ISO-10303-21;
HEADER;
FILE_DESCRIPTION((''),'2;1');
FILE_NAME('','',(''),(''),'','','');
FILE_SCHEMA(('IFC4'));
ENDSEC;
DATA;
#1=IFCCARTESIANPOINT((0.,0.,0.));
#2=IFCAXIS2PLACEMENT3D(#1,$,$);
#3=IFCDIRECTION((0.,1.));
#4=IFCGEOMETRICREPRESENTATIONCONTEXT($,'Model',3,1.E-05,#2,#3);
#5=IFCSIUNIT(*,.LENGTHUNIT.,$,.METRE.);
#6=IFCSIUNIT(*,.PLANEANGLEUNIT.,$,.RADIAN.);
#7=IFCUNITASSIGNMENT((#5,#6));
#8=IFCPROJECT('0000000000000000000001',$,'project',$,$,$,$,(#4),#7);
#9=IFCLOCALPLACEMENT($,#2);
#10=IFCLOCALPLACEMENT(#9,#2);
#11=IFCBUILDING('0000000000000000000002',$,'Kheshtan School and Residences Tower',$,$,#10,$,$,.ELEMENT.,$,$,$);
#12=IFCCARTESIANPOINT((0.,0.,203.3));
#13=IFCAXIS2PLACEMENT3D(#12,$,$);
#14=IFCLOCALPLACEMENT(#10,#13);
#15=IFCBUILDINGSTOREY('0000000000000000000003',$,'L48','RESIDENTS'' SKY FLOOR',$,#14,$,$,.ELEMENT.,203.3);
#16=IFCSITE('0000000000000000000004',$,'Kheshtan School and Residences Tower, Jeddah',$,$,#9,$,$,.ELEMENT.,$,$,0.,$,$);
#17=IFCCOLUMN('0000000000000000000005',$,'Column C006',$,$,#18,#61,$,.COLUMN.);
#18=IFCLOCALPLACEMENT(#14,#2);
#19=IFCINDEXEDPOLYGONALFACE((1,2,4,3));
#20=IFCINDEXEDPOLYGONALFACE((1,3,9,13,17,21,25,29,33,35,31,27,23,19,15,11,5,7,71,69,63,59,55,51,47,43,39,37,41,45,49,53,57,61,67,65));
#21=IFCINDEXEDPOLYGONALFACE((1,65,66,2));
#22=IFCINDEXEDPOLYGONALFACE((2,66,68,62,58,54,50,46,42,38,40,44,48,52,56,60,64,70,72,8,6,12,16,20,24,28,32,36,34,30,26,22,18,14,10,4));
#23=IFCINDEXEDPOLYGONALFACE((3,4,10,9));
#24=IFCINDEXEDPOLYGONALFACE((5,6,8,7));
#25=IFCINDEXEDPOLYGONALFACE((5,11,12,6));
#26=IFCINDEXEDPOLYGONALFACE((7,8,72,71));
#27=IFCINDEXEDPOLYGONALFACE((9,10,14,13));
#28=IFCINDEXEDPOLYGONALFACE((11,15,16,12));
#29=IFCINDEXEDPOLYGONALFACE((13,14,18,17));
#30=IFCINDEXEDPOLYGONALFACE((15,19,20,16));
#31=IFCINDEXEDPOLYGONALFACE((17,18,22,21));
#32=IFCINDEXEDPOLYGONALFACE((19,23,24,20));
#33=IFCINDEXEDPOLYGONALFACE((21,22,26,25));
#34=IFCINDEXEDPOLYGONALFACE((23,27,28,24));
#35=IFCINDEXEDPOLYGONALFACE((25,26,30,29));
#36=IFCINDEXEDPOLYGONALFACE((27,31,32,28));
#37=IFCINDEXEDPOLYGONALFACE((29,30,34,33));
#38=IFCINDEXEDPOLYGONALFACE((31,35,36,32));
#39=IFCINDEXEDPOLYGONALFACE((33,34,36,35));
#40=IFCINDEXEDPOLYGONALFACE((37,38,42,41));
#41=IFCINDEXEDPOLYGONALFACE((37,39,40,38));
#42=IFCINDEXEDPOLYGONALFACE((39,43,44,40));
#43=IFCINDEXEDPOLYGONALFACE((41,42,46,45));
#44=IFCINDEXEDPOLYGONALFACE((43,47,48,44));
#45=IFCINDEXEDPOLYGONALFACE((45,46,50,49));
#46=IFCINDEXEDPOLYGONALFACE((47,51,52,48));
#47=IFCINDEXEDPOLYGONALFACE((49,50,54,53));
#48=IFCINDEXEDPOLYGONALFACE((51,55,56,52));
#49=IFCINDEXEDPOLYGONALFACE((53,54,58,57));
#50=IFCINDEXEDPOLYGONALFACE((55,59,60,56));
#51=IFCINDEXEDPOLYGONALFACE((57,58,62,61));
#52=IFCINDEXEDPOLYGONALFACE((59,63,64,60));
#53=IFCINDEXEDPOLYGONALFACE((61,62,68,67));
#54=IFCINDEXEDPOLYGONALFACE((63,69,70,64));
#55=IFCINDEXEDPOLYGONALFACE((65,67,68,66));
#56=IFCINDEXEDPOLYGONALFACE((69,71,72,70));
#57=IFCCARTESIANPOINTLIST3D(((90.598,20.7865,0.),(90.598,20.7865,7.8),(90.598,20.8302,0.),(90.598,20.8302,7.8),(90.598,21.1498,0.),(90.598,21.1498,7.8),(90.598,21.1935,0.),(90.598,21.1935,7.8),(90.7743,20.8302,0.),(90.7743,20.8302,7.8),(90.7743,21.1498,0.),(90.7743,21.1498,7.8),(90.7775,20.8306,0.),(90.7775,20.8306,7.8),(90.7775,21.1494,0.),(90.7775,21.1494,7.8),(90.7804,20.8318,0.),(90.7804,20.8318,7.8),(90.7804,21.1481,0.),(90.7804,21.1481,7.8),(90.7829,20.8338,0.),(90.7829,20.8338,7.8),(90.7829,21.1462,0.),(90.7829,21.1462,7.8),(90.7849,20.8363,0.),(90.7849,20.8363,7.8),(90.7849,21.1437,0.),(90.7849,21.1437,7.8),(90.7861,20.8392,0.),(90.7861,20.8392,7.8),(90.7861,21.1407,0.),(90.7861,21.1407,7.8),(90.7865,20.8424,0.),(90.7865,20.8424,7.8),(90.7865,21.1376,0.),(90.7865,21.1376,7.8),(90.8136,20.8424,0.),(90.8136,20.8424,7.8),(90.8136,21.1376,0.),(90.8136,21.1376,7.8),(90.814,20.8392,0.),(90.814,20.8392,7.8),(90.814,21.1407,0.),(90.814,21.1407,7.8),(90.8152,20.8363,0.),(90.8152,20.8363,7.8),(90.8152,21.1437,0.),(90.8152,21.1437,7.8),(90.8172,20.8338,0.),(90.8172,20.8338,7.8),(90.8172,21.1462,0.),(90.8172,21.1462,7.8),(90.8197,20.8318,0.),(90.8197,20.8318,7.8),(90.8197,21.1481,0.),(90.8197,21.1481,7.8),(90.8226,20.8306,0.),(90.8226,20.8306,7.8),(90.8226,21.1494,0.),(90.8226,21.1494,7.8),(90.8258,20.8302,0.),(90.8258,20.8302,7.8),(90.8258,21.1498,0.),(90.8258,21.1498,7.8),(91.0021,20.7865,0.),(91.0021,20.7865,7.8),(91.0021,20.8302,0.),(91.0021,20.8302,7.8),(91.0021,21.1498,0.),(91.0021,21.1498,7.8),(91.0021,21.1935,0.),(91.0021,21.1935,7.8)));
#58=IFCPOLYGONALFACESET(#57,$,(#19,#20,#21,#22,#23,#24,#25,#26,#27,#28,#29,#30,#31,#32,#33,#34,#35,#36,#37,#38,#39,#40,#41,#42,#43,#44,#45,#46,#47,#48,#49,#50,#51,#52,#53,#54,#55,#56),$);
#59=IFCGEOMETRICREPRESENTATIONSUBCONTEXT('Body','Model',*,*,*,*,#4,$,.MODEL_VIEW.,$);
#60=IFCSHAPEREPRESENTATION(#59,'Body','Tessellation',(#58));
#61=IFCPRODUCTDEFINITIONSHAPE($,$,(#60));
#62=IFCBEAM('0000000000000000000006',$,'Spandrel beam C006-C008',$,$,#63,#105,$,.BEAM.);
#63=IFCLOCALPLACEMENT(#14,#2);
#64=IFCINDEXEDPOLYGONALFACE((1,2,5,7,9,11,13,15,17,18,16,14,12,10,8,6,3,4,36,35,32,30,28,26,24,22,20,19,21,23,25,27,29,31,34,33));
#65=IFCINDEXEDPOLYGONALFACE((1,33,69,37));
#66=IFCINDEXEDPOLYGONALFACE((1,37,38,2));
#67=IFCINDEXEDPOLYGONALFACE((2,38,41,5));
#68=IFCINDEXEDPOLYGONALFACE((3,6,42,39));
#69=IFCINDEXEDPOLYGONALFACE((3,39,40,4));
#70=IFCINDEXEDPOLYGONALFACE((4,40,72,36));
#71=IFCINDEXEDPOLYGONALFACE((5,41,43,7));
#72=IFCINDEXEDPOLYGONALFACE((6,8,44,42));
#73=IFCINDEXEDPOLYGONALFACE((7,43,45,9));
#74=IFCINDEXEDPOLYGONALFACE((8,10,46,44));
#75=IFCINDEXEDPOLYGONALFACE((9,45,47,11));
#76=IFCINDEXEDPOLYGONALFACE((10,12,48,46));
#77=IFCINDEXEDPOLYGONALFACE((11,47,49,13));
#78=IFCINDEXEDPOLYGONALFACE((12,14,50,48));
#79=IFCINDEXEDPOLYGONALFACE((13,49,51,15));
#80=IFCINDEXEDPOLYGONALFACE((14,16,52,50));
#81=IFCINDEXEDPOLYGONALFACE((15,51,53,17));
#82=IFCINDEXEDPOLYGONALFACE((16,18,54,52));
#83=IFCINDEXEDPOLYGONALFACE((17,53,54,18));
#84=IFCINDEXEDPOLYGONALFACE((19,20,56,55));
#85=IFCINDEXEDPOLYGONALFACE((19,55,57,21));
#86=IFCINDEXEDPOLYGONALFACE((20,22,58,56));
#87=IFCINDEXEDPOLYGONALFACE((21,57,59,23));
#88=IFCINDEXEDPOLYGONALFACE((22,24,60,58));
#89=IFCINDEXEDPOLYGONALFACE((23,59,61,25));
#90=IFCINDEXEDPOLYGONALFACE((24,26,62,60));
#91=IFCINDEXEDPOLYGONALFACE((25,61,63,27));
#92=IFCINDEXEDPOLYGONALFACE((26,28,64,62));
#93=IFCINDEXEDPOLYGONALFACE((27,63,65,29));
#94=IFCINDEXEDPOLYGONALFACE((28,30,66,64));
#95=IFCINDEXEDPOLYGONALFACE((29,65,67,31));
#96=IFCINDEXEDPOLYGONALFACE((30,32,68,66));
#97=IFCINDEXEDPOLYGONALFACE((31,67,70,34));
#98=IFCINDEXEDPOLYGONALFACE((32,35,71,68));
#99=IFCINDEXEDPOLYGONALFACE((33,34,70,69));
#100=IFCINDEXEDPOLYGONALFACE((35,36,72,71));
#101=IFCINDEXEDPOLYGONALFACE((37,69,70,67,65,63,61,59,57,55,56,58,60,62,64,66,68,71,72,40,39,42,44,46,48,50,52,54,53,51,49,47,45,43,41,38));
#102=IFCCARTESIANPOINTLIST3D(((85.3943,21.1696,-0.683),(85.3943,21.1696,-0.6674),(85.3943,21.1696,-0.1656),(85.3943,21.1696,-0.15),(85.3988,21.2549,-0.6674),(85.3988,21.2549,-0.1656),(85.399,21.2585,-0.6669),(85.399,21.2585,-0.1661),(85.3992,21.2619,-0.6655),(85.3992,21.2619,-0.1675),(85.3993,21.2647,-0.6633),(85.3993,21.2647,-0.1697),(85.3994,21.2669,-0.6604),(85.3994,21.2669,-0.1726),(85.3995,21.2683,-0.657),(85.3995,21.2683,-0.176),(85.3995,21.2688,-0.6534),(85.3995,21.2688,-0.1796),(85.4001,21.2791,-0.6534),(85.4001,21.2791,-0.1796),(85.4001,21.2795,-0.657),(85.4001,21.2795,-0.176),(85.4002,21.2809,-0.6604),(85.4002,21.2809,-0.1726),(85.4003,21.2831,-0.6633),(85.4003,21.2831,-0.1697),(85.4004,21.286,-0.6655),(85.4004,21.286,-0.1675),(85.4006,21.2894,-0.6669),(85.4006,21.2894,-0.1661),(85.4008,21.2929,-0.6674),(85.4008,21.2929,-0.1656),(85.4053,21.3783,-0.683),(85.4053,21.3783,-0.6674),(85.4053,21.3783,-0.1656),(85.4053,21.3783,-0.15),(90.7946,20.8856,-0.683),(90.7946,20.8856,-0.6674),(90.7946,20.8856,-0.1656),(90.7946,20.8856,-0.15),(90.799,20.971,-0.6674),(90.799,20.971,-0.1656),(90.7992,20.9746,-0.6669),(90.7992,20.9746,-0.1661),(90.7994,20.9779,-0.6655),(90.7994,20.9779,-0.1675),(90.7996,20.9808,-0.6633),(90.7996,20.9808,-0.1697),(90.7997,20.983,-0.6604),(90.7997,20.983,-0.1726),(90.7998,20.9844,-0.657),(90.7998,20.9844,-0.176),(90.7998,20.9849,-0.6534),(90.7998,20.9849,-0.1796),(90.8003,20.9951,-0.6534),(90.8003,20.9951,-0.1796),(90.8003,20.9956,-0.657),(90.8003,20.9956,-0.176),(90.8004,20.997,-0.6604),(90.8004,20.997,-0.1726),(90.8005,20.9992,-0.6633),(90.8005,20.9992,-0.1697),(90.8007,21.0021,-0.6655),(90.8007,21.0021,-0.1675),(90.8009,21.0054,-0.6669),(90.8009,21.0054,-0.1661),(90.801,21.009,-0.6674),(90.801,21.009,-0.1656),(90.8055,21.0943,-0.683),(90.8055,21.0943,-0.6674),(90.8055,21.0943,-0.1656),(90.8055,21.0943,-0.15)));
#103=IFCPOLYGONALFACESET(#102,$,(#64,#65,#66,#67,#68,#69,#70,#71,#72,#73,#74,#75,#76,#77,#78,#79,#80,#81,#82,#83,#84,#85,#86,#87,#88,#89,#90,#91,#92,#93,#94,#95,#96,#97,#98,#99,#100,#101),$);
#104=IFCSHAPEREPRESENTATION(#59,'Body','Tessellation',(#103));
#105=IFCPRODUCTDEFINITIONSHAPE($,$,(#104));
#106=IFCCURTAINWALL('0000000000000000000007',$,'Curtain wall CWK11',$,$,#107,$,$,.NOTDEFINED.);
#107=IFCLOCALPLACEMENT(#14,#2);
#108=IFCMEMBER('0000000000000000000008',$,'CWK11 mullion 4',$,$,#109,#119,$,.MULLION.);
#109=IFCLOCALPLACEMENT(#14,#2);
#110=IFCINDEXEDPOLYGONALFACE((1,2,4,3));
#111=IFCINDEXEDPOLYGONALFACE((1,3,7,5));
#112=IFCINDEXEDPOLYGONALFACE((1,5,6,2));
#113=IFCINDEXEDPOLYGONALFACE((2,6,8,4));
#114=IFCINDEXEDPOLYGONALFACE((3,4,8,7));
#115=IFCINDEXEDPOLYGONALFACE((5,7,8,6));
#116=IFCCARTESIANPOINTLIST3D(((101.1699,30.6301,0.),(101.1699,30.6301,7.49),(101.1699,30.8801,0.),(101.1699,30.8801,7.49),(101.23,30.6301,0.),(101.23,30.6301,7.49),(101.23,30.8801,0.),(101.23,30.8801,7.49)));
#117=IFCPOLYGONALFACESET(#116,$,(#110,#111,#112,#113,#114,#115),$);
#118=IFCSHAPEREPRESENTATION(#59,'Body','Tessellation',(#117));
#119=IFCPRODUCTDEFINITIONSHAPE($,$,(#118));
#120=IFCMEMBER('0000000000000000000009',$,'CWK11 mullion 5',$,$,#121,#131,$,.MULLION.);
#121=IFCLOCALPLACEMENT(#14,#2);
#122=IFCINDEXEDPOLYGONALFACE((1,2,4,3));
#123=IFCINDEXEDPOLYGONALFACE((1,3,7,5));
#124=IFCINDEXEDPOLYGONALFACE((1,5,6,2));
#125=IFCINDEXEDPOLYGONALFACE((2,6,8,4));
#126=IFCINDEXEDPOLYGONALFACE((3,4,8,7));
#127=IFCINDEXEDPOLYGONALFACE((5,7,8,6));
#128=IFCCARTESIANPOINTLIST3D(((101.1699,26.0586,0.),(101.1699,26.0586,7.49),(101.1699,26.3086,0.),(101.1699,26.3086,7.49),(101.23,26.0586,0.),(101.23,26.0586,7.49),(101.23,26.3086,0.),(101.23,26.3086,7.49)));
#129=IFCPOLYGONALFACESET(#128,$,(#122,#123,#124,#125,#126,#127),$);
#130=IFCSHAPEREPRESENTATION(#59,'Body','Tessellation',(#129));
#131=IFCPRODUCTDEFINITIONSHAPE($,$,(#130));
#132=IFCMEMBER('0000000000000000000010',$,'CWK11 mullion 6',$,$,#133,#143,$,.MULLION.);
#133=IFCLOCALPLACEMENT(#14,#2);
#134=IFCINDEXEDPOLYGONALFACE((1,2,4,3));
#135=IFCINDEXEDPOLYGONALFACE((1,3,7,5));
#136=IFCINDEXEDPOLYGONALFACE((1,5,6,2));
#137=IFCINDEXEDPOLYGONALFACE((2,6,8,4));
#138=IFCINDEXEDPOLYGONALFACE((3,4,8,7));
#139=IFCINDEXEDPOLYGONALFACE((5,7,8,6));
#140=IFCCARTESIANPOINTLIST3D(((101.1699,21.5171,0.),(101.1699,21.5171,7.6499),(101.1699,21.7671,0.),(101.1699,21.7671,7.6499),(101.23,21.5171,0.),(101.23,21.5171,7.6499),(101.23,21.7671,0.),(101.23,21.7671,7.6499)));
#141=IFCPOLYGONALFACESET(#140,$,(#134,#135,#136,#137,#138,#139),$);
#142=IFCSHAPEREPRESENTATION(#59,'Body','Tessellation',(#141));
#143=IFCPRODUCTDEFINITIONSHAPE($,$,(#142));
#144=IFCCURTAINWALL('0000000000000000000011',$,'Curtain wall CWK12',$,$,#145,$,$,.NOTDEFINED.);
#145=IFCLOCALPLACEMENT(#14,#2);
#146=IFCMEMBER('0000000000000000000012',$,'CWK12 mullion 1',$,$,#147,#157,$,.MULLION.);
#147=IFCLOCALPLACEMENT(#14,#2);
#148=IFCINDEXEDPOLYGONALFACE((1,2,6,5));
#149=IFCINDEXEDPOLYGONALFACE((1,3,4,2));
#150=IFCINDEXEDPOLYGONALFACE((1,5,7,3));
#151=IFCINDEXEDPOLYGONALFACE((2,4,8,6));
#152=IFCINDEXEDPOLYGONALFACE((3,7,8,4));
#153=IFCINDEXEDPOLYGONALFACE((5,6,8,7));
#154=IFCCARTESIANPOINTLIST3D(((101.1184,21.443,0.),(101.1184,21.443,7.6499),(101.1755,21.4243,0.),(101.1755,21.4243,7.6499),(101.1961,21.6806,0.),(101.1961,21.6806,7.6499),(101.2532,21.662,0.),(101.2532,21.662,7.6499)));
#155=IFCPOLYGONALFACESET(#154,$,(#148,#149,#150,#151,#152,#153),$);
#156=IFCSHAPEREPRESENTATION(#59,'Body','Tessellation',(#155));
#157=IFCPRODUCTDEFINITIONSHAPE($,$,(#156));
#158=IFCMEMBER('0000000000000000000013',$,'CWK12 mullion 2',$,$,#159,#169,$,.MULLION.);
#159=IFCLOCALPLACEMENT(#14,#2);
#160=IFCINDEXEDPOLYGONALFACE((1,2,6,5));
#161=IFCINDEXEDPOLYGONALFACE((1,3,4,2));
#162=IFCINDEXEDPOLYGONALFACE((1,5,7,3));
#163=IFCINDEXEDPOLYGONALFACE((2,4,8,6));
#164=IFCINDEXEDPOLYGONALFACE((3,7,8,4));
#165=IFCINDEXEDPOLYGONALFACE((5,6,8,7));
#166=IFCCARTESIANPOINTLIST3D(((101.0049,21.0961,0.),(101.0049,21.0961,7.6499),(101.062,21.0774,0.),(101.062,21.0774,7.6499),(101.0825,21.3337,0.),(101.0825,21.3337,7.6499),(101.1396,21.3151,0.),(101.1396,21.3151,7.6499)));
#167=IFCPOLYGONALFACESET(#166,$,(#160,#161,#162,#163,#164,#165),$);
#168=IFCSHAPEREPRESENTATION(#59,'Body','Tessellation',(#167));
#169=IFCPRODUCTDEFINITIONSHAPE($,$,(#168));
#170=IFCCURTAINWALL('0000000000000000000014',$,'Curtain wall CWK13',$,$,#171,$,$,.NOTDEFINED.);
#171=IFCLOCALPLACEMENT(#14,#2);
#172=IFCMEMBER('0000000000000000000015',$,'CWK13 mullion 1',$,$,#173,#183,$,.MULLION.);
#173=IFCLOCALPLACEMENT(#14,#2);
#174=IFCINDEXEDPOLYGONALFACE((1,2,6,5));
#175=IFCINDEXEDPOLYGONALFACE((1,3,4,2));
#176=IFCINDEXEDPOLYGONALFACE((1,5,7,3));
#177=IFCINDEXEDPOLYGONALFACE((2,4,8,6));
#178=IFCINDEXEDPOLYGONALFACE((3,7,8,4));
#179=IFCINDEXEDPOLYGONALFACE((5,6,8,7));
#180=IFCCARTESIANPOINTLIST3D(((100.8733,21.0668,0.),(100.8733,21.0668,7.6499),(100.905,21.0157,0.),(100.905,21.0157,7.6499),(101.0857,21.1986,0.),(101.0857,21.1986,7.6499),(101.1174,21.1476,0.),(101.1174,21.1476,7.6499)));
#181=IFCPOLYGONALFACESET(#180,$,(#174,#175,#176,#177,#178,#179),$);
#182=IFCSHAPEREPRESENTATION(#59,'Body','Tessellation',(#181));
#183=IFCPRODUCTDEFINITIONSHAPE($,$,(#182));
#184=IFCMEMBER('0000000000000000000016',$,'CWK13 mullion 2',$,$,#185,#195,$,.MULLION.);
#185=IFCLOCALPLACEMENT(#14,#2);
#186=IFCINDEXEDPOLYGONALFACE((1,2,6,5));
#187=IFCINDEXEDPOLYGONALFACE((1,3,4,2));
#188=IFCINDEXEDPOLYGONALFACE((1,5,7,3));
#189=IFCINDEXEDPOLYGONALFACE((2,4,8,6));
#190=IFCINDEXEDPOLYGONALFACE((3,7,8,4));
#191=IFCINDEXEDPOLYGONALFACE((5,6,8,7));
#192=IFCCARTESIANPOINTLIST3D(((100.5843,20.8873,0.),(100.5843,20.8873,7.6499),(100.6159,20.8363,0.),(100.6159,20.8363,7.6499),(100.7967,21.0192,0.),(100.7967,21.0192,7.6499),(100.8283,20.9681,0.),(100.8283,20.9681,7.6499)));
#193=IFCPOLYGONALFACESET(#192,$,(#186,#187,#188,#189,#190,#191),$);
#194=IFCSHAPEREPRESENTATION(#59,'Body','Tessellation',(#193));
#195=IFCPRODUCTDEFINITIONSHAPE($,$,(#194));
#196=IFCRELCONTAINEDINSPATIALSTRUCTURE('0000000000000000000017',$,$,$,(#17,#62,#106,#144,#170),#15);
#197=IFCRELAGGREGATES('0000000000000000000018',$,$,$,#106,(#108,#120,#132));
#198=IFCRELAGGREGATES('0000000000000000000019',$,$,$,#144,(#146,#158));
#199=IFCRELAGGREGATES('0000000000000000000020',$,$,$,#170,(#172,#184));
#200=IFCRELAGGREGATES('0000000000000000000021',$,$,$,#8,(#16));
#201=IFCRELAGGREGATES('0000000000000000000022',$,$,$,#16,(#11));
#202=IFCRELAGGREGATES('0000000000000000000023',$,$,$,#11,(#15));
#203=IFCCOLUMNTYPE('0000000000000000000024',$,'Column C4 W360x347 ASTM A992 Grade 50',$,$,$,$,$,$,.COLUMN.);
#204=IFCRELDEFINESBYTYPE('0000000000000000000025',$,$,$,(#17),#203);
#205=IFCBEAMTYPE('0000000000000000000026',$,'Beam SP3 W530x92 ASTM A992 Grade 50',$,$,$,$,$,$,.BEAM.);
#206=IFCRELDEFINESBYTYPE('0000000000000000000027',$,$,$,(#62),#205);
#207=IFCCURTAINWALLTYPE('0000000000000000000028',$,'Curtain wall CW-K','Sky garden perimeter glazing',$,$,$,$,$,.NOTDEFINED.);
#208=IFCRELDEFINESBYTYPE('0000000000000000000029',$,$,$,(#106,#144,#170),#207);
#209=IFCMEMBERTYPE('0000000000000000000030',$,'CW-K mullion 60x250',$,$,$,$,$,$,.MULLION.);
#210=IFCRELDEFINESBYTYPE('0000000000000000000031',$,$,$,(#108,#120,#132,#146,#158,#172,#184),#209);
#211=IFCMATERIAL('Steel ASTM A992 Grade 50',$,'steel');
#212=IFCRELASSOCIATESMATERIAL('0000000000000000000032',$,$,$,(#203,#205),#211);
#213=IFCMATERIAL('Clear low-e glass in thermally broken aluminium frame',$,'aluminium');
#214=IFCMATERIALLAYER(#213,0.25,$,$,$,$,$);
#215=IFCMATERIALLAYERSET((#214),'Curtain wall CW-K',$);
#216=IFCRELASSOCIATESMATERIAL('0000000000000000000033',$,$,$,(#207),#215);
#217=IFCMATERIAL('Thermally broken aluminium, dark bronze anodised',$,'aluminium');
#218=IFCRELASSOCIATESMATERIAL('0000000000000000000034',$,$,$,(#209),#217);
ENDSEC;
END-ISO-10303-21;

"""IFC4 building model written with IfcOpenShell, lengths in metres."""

from ifc_helpers import new_model, si_unit, direction, frame, origin, origin_2d, place, context, subcontext, project, spatial, rectangle, i_section, extrude, material, layer, layer_set, material_profile, profile_set, type_object, element, aggregate, save


model = new_model("IFC4")

# Units and contexts
model_context = context("Model", 3, precision=1e-05, world=origin(), true_north=direction((0.0, 1.0)))
body_context = subcontext(model_context, "Body", "Model", "MODEL_VIEW")
ifc_project = project(units=[si_unit("LENGTHUNIT", "METRE"), si_unit("PLANEANGLEUNIT", "RADIAN")], contexts=[model_context])

# Site, building, storey
site_placement = place(None, origin())
site = spatial("IfcSite", under=ifc_project, at=site_placement, Name="Kheshtan School and Residences Tower, Jeddah", CompositionType="ELEMENT", RefElevation=0.0)
building_placement = place(site_placement, origin())
building = spatial("IfcBuilding", under=site, at=building_placement, Name="Kheshtan School and Residences Tower", CompositionType="ELEMENT")
storey_placement = place(building_placement, frame((0.0, 0.0, 203.3)))
storey = spatial("IfcBuildingStorey", under=building, at=storey_placement, Name="L48", Description="RESIDENTS' SKY FLOOR", CompositionType="ELEMENT", Elevation=203.3)

# Column
ifc_material_1 = material(Name="Steel ASTM A992 Grade 50", Category="steel")
ifc_material_profile_1 = material_profile(ifc_material_1, i_section(OverallWidth=0.4041, OverallDepth=0.407, WebThickness=0.0271, FlangeThickness=0.0437, FilletRadius=0.0122, at=origin_2d()), Name="W360x347")
ifc_profile_set_1 = profile_set([ifc_material_profile_1], Name="Steel ASTM A992 Grade 50")
column_type = type_object("IfcColumnType", Name="Column C4 W360x347 ASTM A992 Grade 50", PredefinedType="COLUMN", material=ifc_profile_set_1)
column_placement = place(storey_placement, frame((90.8, 20.99, 0.0), z_axis=(0.0, 0.0, 1.0), x_axis=(1.0, 0.0, 0.0)))
element("IfcColumn", 1, at=column_placement, inside=storey, type_object=column_type, Name="Column C006", PredefinedType="COLUMN", context=body_context, shape_type="SweptSolid", body=[
    extrude(i_section(OverallWidth=0.4041, OverallDepth=0.407, WebThickness=0.0271, FlangeThickness=0.0437, FilletRadius=0.0122, at=origin_2d()), origin(), (0.0, 0.0, 1.0), 7.8),
])

# Beam
ifc_material_profile_2 = material_profile(ifc_material_1, i_section(OverallWidth=0.209, OverallDepth=0.533, WebThickness=0.0103, FlangeThickness=0.0156, FilletRadius=0.0139, at=origin_2d()), Name="W530x92")
ifc_profile_set_2 = profile_set([ifc_material_profile_2], Name="Steel ASTM A992 Grade 50")
beam_type = type_object("IfcBeamType", Name="Beam SP3 W530x92 ASTM A992 Grade 50", PredefinedType="BEAM", material=ifc_profile_set_2)
beam_placement = place(storey_placement, frame((90.8, 20.99, -0.4165), z_axis=(-0.998621, 0.052507, 0.0), x_axis=(-0.052507, -0.998621, 0.0)))
element("IfcBeam", 2, at=beam_placement, inside=storey, type_object=beam_type, Name="Spandrel beam C006-C008", PredefinedType="BEAM", context=body_context, shape_type="SweptSolid", body=[
    extrude(i_section(OverallWidth=0.209, OverallDepth=0.533, WebThickness=0.0103, FlangeThickness=0.0156, FilletRadius=0.0139, at=origin_2d()), origin(), (0.0, 0.0, 1.0), 5.4077),
])

# Curtain walls, members
ifc_material_2 = material(Name="Clear low-e glass in thermally broken aluminium frame", Category="aluminium")
ifc_layer_1 = layer(ifc_material_2, 0.25)
ifc_layer_set_1 = layer_set([ifc_layer_1], Name="Curtain wall CW-K")
curtain_wall_type = type_object("IfcCurtainWallType", Name="Curtain wall CW-K", Description="Sky garden perimeter glazing", PredefinedType="NOTDEFINED", material=ifc_layer_set_1)
curtain_wall_1_placement = place(storey_placement, origin())
curtain_wall_1 = element("IfcCurtainWall", 3, at=curtain_wall_1_placement, inside=storey, type_object=curtain_wall_type, Name="Curtain wall CWK11", PredefinedType="NOTDEFINED")
ifc_material_3 = material(Name="Thermally broken aluminium, dark bronze anodised", Category="aluminium")
ifc_material_profile_3 = material_profile(ifc_material_3, rectangle(XDim=0.0601, YDim=0.25, at=origin_2d()), Name="CW-K mullion 60x250")
ifc_profile_set_3 = profile_set([ifc_material_profile_3], Name="Thermally broken aluminium, dark bronze anodised")
member_type_1 = type_object("IfcMemberType", Name="CW-K mullion 60x250", PredefinedType="MULLION", material=ifc_profile_set_3)
member_1_placement = place(storey_placement, frame((101.2, 30.7551, 0.0), z_axis=(0.0, 0.0, 1.0), x_axis=(1.0, 0.0, 0.0)))
member_1 = element("IfcMember", 4, at=member_1_placement, type_object=member_type_1, Name="CWK11 mullion 4", PredefinedType="MULLION", context=body_context, shape_type="SweptSolid", body=[
    extrude(rectangle(XDim=0.0601, YDim=0.25, at=origin_2d()), origin(), (0.0, 0.0, 1.0), 7.49),
])
member_2_placement = place(storey_placement, frame((101.2, 26.1836, 0.0), z_axis=(0.0, 0.0, 1.0), x_axis=(1.0, 0.0, 0.0)))
member_2 = element("IfcMember", 5, at=member_2_placement, type_object=member_type_1, Name="CWK11 mullion 5", PredefinedType="MULLION", context=body_context, shape_type="SweptSolid", body=[
    extrude(rectangle(XDim=0.0601, YDim=0.25, at=origin_2d()), origin(), (0.0, 0.0, 1.0), 7.49),
])
member_3_placement = place(storey_placement, frame((101.2, 21.6421, 0.0), z_axis=(0.0, 0.0, 1.0), x_axis=(1.0, 0.0, 0.0)))
member_3 = element("IfcMember", 6, at=member_3_placement, type_object=member_type_1, Name="CWK11 mullion 6", PredefinedType="MULLION", context=body_context, shape_type="SweptSolid", body=[
    extrude(rectangle(XDim=0.0601, YDim=0.25, at=origin_2d()), origin(), (0.0, 0.0, 1.0), 7.6499),
])
curtain_wall_2_placement = place(storey_placement, origin())
curtain_wall_2 = element("IfcCurtainWall", 7, at=curtain_wall_2_placement, inside=storey, type_object=curtain_wall_type, Name="Curtain wall CWK12", PredefinedType="NOTDEFINED")
member_4_placement = place(storey_placement, frame((101.1858, 21.5525, 0.0), z_axis=(0.0, 0.0, 1.0), x_axis=(0.950549, -0.310575, 0.0)))
member_4 = element("IfcMember", 8, at=member_4_placement, type_object=member_type_1, Name="CWK12 mullion 1", PredefinedType="MULLION", context=body_context, shape_type="SweptSolid", body=[
    extrude(rectangle(XDim=0.0601, YDim=0.25, at=origin_2d()), origin(), (0.0, 0.0, 1.0), 7.6499),
])
member_5_placement = place(storey_placement, frame((101.0723, 21.2056, 0.0), z_axis=(0.0, 0.0, 1.0), x_axis=(0.950549, -0.310575, 0.0)))
member_5 = element("IfcMember", 9, at=member_5_placement, type_object=member_type_1, Name="CWK12 mullion 2", PredefinedType="MULLION", context=body_context, shape_type="SweptSolid", body=[
    extrude(rectangle(XDim=0.0601, YDim=0.25, at=origin_2d()), origin(), (0.0, 0.0, 1.0), 7.6499),
])
curtain_wall_3_placement = place(storey_placement, origin())
curtain_wall_3 = element("IfcCurtainWall", 10, at=curtain_wall_3_placement, inside=storey, type_object=curtain_wall_type, Name="Curtain wall CWK13", PredefinedType="NOTDEFINED")
member_6_placement = place(storey_placement, frame((100.9954, 21.1072, 0.0), z_axis=(0.0, 0.0, 1.0), x_axis=(0.527301, -0.849679, 0.0)))
member_6 = element("IfcMember", 11, at=member_6_placement, type_object=member_type_1, Name="CWK13 mullion 1", PredefinedType="MULLION", context=body_context, shape_type="SweptSolid", body=[
    extrude(rectangle(XDim=0.0601, YDim=0.25, at=origin_2d()), origin(), (0.0, 0.0, 1.0), 7.6499),
])
member_7_placement = place(storey_placement, frame((100.7063, 20.9277, 0.0), z_axis=(0.0, 0.0, 1.0), x_axis=(0.527301, -0.849679, 0.0)))
member_7 = element("IfcMember", 12, at=member_7_placement, type_object=member_type_1, Name="CWK13 mullion 2", PredefinedType="MULLION", context=body_context, shape_type="SweptSolid", body=[
    extrude(rectangle(XDim=0.0601, YDim=0.25, at=origin_2d()), origin(), (0.0, 0.0, 1.0), 7.6499),
])

aggregate(curtain_wall_1, [member_1, member_2, member_3])
aggregate(curtain_wall_2, [member_4, member_5])
aggregate(curtain_wall_3, [member_6, member_7])

save(model, "model.ifc")
